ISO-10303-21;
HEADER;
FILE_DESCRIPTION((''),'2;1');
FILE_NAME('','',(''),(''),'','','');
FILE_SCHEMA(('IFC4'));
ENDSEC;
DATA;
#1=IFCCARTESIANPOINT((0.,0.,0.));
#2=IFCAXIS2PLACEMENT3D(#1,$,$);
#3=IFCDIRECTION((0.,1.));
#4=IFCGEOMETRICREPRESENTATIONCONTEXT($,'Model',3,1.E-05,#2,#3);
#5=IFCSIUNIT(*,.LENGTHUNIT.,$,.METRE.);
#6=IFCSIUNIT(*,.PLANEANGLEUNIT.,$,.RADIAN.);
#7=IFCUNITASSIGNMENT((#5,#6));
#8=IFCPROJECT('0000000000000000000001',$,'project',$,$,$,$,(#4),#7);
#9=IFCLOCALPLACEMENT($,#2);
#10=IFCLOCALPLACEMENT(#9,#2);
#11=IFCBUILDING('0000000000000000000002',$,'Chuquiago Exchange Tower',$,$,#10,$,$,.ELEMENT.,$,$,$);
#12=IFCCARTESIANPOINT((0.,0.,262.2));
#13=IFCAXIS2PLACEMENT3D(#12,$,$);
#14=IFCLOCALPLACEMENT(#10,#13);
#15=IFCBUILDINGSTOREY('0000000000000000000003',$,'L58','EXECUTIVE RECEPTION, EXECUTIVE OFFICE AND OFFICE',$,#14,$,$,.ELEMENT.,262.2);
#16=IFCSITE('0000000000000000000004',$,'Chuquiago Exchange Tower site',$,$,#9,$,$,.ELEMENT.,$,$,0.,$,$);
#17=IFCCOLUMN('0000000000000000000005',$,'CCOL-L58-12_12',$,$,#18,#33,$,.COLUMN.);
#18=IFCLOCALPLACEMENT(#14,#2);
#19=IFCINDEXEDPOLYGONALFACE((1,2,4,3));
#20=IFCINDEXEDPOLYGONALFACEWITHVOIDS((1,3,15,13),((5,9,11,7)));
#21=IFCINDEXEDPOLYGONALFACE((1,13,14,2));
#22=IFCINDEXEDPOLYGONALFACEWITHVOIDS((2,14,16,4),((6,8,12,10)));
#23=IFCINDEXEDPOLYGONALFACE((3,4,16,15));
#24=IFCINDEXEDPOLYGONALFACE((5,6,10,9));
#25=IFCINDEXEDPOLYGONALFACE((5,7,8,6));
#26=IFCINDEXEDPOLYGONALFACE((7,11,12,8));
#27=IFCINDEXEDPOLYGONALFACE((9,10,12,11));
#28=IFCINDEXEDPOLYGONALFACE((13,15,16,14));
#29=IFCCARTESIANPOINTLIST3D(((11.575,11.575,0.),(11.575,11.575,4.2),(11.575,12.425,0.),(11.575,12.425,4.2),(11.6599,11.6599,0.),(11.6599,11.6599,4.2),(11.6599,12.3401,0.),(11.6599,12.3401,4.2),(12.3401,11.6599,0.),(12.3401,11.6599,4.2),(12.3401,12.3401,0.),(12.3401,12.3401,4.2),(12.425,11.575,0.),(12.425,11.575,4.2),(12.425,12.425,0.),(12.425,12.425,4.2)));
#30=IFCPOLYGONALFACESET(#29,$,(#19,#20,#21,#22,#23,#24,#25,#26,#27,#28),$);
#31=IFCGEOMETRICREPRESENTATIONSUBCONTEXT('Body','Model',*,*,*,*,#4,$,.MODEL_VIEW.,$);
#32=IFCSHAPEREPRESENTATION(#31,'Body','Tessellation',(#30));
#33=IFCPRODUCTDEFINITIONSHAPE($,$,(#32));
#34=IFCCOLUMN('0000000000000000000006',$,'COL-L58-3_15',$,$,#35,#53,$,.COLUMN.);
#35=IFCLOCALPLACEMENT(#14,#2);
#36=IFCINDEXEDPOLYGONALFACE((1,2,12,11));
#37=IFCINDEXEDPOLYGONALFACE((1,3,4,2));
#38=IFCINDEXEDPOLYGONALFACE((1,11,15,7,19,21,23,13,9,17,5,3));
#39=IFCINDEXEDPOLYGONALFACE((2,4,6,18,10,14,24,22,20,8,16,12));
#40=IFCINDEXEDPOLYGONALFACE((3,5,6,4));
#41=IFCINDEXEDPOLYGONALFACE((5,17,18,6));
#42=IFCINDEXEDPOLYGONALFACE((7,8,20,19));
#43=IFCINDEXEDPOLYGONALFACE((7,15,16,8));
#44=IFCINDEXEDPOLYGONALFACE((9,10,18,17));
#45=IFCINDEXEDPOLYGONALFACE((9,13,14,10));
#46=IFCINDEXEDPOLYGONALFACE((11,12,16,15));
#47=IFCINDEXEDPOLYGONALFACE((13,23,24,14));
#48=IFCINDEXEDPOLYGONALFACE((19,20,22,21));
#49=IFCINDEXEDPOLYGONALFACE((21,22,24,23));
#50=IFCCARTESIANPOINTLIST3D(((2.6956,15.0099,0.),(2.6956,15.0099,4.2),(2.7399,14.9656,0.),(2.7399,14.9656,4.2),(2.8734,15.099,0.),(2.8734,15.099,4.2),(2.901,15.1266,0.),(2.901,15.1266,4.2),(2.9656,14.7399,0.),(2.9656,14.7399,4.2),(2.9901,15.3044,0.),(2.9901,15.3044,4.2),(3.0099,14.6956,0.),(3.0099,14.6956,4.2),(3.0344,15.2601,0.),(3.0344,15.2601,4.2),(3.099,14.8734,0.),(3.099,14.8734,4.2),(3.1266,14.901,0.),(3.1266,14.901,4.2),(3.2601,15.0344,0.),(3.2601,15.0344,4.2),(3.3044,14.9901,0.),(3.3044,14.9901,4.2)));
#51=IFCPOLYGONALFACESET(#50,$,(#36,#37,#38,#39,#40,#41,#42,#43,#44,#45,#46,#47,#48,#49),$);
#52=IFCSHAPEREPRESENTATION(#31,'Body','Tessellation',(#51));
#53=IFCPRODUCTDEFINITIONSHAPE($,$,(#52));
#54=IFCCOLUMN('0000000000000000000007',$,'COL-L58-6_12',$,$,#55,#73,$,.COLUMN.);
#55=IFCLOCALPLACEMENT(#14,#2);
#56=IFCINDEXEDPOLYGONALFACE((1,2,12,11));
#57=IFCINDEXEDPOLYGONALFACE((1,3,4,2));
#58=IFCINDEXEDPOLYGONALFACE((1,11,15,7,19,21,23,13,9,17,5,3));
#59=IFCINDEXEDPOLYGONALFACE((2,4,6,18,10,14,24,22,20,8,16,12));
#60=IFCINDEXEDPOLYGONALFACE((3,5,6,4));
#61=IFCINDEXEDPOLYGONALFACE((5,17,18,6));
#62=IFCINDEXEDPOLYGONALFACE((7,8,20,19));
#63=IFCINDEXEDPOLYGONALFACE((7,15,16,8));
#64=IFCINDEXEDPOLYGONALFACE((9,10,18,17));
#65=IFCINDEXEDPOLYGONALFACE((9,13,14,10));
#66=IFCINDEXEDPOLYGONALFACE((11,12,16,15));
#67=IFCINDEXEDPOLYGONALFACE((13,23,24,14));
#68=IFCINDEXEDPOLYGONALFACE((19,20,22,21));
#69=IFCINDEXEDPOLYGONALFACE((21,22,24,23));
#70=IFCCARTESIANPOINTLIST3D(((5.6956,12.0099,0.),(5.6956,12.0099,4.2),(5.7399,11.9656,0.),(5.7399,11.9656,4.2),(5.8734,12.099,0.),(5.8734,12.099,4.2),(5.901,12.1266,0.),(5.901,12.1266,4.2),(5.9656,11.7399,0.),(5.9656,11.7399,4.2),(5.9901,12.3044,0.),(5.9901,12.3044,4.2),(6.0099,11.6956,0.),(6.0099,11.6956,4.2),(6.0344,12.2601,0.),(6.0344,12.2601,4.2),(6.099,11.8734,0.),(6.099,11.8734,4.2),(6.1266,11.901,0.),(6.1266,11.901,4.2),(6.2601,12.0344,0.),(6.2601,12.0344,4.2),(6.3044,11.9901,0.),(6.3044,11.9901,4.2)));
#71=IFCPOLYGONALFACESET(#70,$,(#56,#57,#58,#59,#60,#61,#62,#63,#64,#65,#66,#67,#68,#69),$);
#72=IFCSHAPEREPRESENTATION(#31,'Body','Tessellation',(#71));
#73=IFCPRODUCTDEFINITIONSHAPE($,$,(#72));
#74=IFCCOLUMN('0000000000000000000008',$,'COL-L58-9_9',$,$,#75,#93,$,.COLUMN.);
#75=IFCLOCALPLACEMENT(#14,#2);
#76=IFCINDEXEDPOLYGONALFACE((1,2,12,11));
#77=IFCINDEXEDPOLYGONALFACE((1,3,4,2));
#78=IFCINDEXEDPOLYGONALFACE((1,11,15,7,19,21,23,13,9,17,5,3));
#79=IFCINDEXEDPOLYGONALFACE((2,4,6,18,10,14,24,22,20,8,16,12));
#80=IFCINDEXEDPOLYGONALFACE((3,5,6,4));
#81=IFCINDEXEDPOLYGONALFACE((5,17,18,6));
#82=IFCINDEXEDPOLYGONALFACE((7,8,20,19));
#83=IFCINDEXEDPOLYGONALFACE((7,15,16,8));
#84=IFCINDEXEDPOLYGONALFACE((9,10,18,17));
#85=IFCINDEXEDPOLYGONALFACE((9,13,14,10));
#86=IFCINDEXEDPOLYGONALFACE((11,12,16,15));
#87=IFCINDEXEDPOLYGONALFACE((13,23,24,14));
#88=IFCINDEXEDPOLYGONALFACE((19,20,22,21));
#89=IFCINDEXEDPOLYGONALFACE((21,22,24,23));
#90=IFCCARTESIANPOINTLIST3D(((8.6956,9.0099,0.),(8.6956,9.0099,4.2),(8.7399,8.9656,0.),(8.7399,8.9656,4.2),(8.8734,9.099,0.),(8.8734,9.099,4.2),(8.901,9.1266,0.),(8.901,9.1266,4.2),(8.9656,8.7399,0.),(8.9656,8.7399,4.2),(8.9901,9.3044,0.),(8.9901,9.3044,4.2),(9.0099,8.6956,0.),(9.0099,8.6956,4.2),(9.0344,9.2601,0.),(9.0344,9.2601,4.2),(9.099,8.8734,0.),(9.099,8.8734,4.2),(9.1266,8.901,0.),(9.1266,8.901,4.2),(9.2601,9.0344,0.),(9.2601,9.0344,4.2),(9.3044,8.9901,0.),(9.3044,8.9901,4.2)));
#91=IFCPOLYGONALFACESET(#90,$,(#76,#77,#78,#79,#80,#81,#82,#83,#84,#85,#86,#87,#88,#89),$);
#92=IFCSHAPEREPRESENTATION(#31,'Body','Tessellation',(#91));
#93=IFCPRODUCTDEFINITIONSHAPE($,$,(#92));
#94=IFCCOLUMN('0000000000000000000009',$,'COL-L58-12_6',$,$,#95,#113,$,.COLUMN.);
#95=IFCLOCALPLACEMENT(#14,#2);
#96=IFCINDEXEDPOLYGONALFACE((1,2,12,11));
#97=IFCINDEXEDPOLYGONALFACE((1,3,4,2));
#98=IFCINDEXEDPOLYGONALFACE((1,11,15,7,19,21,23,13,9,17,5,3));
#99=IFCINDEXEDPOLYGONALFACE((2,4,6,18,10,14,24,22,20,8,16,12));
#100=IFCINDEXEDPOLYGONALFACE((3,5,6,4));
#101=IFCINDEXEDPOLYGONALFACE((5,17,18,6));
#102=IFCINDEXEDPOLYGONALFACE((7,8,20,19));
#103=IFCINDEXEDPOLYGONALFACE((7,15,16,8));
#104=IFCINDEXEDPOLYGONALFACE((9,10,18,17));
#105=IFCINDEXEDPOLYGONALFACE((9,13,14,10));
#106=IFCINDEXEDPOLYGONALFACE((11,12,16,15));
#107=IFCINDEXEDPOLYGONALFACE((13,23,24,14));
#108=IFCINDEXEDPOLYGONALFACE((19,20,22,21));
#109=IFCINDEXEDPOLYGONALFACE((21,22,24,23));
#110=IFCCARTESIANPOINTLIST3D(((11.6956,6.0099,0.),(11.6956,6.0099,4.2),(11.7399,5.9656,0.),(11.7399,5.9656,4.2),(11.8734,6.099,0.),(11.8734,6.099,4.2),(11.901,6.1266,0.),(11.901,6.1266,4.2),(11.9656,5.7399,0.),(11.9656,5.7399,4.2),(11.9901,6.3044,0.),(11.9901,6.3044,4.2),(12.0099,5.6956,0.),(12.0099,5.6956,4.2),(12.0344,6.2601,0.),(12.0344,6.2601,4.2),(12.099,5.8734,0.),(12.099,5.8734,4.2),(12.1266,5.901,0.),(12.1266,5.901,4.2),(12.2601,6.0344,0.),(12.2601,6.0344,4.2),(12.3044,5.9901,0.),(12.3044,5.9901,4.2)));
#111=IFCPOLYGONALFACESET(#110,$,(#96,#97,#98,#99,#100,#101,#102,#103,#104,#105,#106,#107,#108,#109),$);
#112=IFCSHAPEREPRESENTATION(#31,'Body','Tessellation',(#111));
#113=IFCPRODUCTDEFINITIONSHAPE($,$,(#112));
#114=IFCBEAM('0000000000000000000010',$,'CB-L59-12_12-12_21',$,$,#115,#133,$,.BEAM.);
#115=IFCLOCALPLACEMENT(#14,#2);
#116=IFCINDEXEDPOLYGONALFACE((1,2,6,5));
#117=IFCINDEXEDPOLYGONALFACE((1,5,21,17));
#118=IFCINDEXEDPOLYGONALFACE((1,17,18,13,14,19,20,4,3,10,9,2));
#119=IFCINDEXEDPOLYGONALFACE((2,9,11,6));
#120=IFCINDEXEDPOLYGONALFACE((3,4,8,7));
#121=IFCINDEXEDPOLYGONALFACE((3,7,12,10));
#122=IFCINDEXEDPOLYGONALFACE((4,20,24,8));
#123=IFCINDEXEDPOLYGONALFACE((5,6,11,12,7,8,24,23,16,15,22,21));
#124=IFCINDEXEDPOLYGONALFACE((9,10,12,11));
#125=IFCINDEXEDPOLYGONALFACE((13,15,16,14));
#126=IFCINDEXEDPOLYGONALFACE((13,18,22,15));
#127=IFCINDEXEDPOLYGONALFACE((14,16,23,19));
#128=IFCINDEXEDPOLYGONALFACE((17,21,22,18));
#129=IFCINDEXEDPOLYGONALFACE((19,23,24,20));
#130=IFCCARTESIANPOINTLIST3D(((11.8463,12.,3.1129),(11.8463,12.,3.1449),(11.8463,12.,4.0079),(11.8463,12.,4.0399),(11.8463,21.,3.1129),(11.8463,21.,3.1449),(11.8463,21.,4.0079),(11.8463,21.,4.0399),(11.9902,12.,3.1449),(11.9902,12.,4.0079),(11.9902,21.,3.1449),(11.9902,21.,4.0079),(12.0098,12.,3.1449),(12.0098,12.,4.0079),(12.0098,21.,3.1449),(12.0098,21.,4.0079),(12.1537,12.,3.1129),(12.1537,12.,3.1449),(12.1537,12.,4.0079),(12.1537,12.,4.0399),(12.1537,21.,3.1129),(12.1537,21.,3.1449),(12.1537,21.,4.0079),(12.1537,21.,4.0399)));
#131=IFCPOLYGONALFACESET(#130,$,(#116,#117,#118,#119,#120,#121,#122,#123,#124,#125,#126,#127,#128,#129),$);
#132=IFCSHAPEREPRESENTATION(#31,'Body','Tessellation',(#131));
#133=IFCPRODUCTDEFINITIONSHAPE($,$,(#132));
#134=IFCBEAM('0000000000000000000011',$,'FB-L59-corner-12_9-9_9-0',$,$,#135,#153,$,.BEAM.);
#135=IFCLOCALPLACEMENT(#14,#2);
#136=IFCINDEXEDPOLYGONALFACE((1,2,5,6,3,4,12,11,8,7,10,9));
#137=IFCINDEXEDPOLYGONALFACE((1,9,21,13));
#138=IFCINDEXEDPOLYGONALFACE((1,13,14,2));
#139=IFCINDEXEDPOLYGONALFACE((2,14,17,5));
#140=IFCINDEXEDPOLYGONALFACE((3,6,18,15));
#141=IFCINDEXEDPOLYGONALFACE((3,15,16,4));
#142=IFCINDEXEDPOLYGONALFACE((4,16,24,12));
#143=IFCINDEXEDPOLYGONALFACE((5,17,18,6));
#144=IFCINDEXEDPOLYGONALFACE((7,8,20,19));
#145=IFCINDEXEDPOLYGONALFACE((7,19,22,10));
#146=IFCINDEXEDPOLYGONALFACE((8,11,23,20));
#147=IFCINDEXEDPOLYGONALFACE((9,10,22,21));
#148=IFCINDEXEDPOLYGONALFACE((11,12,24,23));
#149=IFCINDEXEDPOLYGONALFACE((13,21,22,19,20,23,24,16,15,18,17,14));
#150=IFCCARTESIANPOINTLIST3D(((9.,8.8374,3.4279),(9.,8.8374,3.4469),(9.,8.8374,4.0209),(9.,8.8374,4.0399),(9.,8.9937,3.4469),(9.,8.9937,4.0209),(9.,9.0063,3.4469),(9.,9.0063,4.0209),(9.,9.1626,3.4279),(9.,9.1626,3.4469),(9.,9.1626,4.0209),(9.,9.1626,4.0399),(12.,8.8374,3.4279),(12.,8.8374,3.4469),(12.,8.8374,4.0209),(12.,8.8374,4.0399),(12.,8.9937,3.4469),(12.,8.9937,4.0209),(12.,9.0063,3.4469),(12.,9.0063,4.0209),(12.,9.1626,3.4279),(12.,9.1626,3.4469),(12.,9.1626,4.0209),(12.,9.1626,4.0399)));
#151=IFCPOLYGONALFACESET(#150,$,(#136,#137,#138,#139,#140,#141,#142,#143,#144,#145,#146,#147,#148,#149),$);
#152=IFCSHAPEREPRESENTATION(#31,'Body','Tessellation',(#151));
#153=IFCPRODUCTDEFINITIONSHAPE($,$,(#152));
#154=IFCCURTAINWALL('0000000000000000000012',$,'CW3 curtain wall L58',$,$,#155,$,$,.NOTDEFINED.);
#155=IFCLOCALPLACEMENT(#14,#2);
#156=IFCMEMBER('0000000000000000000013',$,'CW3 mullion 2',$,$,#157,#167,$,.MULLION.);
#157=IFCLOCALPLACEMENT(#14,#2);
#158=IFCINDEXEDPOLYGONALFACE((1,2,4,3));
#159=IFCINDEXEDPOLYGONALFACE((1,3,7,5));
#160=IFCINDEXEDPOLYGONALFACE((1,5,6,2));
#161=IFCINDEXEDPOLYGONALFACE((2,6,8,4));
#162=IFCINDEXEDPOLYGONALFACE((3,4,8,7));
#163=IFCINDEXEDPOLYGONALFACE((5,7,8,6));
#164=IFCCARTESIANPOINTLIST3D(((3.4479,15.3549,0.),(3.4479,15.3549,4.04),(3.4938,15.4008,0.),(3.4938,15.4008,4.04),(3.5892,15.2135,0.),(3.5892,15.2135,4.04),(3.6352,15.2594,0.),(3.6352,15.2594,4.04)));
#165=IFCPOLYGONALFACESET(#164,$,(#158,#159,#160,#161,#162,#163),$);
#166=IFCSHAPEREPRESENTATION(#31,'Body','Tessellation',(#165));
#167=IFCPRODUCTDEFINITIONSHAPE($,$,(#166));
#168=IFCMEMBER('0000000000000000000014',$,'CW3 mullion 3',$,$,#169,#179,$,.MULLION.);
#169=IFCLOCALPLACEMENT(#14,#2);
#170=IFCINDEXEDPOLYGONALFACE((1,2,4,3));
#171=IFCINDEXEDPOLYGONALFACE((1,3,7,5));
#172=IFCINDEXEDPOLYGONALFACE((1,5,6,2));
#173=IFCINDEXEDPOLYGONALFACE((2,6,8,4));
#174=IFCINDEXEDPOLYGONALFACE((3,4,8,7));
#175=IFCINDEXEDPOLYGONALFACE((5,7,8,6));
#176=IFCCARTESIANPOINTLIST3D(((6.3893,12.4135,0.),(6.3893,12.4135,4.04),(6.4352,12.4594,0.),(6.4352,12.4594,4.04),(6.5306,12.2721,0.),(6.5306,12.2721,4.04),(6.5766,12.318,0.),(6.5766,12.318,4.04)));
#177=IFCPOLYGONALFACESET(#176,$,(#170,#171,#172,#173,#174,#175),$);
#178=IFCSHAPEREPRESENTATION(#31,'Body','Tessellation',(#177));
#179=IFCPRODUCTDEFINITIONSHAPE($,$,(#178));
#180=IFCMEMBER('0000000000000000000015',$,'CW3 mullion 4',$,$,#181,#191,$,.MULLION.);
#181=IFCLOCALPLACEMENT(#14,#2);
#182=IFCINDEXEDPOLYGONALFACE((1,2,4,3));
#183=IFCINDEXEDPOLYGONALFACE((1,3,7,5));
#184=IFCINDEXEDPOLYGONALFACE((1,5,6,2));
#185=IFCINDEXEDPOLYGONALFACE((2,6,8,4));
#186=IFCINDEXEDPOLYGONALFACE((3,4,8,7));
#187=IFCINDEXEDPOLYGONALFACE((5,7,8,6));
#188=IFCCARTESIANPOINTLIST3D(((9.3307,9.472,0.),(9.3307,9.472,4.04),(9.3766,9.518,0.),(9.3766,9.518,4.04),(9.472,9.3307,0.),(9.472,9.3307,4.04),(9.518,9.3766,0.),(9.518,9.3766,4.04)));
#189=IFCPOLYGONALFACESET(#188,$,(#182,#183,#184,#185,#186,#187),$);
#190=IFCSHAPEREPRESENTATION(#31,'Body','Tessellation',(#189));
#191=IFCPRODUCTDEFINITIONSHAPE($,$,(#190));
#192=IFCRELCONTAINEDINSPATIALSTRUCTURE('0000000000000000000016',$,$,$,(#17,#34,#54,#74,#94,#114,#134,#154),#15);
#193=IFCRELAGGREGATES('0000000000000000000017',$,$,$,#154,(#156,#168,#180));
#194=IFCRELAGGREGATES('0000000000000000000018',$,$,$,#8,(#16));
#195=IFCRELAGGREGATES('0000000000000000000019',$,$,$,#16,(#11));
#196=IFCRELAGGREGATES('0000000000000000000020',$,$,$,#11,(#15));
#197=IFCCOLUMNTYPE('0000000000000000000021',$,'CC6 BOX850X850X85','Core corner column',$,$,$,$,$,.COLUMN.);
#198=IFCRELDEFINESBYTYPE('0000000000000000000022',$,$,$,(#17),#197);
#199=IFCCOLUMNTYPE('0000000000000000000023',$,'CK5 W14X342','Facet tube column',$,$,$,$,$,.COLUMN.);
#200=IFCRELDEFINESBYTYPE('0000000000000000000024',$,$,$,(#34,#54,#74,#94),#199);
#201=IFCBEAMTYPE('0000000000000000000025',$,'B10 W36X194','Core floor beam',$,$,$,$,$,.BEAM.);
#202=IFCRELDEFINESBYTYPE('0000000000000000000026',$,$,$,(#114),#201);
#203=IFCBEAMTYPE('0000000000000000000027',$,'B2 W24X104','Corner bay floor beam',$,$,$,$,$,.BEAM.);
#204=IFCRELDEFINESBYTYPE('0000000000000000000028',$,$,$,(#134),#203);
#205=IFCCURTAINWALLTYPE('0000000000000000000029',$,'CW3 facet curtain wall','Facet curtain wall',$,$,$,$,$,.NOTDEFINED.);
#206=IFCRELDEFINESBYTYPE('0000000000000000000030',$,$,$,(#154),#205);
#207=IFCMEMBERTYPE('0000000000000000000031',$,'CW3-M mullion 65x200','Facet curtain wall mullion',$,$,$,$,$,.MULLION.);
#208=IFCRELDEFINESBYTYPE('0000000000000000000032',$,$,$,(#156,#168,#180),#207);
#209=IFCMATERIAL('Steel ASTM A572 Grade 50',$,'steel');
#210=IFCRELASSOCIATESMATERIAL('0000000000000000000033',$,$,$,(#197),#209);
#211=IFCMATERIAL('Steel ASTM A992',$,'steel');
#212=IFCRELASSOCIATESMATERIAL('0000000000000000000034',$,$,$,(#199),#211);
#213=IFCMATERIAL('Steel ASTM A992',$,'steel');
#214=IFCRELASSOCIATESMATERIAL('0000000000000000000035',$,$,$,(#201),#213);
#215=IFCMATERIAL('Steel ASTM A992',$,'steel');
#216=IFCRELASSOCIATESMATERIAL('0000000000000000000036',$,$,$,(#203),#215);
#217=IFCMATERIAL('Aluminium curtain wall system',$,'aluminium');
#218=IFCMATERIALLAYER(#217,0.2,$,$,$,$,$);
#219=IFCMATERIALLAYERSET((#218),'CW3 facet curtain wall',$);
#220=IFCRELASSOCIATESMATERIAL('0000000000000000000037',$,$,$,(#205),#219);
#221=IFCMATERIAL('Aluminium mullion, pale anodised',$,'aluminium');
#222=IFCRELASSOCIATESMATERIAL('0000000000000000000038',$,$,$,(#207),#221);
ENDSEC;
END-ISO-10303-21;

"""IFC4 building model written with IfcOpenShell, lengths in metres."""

from ifc_helpers import new_model, si_unit, direction, frame, origin, origin_2d, place, context, subcontext, project, spatial, rectangle, hollow_rectangle, i_section, extrude, material, layer, layer_set, material_profile, profile_set, type_object, element, aggregate, save


model = new_model("IFC4")

# Units and contexts
model_context = context("Model", 3, precision=1e-05, world=origin(), true_north=direction((0.0, 1.0)))
body_context = subcontext(model_context, "Body", "Model", "MODEL_VIEW")
ifc_project = project(units=[si_unit("LENGTHUNIT", "METRE"), si_unit("PLANEANGLEUNIT", "RADIAN")], contexts=[model_context])

# Site, building, storey
site_placement = place(None, origin())
site = spatial("IfcSite", under=ifc_project, at=site_placement, Name="Chuquiago Exchange Tower site", CompositionType="ELEMENT", RefElevation=0.0)
building_placement = place(site_placement, origin())
building = spatial("IfcBuilding", under=site, at=building_placement, Name="Chuquiago Exchange Tower", CompositionType="ELEMENT")
storey_placement = place(building_placement, frame((0.0, 0.0, 262.2)))
storey = spatial("IfcBuildingStorey", under=building, at=storey_placement, Name="L58", Description="EXECUTIVE RECEPTION, EXECUTIVE OFFICE AND OFFICE", CompositionType="ELEMENT", Elevation=262.2)

# Columns
ifc_material_1 = material(Name="Steel ASTM A572 Grade 50", Category="steel")
ifc_material_profile_1 = material_profile(ifc_material_1, hollow_rectangle(XDim=0.8501, YDim=0.8501, WallThickness=0.085, at=origin_2d()), Name="BOX850X850X85")
ifc_profile_set_1 = profile_set([ifc_material_profile_1], Name="Steel ASTM A572 Grade 50")
column_type_1 = type_object("IfcColumnType", Name="CC6 BOX850X850X85", Description="Core corner column", PredefinedType="COLUMN", material=ifc_profile_set_1)
column_placement = place(storey_placement, frame((12.0, 12.0, 0.0), z_axis=(0.0, 0.0, 1.0), x_axis=(1.0, 0.0, 0.0)))
element("IfcColumn", 1, at=column_placement, inside=storey, type_object=column_type_1, Name="CCOL-L58-12_12", PredefinedType="COLUMN", context=body_context, shape_type="SweptSolid", body=[
    extrude(hollow_rectangle(XDim=0.8501, YDim=0.8501, WallThickness=0.085, at=origin_2d()), origin(), (0.0, 0.0, 1.0), 4.2),
])
ifc_material_2 = material(Name="Steel ASTM A992", Category="steel")
ifc_material_profile_2 = material_profile(ifc_material_2, i_section(OverallWidth=0.4165, OverallDepth=0.4446, WebThickness=0.0391, FlangeThickness=0.0627, at=origin_2d()), Name="W14X342")
ifc_profile_set_2 = profile_set([ifc_material_profile_2], Name="Steel ASTM A992")
column_type_2 = type_object("IfcColumnType", Name="CK5 W14X342", Description="Facet tube column", PredefinedType="COLUMN", material=ifc_profile_set_2)
for number, where, z_axis, x_axis, name in (
    (2, (3.0, 15.0, 0.0), (0.0, 0.0, 1.0), (-0.707107, -0.707107, 0.0), "COL-L58-3_15"),
    (3, (6.0, 12.0, 0.0), (0.0, 0.0, 1.0), (-0.707107, -0.707107, 0.0), "COL-L58-6_12"),
    (4, (9.0, 9.0, 0.0), (0.0, 0.0, 1.0), (-0.707107, -0.707107, 0.0), "COL-L58-9_9"),
    (5, (12.0, 6.0, 0.0), (0.0, 0.0, 1.0), (-0.707107, -0.707107, 0.0), "COL-L58-12_6"),
):
    element("IfcColumn", number, at=place(storey_placement, frame(where, z_axis=z_axis, x_axis=x_axis)), inside=storey, type_object=column_type_2, Name=name, PredefinedType="COLUMN", context=body_context, shape_type="SweptSolid", body=[
        extrude(i_section(OverallWidth=0.4165, OverallDepth=0.4446, WebThickness=0.0391, FlangeThickness=0.0627, at=origin_2d()), origin(), (0.0, 0.0, 1.0), 4.2),
    ])

# Beams
ifc_material_3 = material(Name="Steel ASTM A992", Category="steel")
ifc_material_profile_3 = material_profile(ifc_material_3, i_section(OverallWidth=0.3074, OverallDepth=0.927, WebThickness=0.0195, FlangeThickness=0.032, at=origin_2d()), Name="W36X194")
ifc_profile_set_3 = profile_set([ifc_material_profile_3], Name="Steel ASTM A992")
beam_type_1 = type_object("IfcBeamType", Name="B10 W36X194", Description="Core floor beam", PredefinedType="BEAM", material=ifc_profile_set_3)
beam_1_placement = place(storey_placement, frame((12.0, 12.0, 3.5764), z_axis=(0.0, 1.0, 0.0), x_axis=(-1.0, 0.0, 0.0)))
element("IfcBeam", 6, at=beam_1_placement, inside=storey, type_object=beam_type_1, Name="CB-L59-12_12-12_21", PredefinedType="BEAM", context=body_context, shape_type="SweptSolid", body=[
    extrude(i_section(OverallWidth=0.3074, OverallDepth=0.927, WebThickness=0.0195, FlangeThickness=0.032, at=origin_2d()), origin(), (0.0, 0.0, 1.0), 9.0),
])
ifc_material_4 = material(Name="Steel ASTM A992", Category="steel")
ifc_material_profile_4 = material_profile(ifc_material_4, i_section(OverallWidth=0.3252, OverallDepth=0.6121, WebThickness=0.0127, FlangeThickness=0.019, at=origin_2d()), Name="W24X104")
ifc_profile_set_4 = profile_set([ifc_material_profile_4], Name="Steel ASTM A992")
beam_type_2 = type_object("IfcBeamType", Name="B2 W24X104", Description="Corner bay floor beam", PredefinedType="BEAM", material=ifc_profile_set_4)
beam_2_placement = place(storey_placement, frame((12.0, 9.0, 3.7339), z_axis=(-1.0, 0.0, 0.0), x_axis=(0.0, -1.0, 0.0)))
element("IfcBeam", 7, at=beam_2_placement, inside=storey, type_object=beam_type_2, Name="FB-L59-corner-12_9-9_9-0", PredefinedType="BEAM", context=body_context, shape_type="SweptSolid", body=[
    extrude(i_section(OverallWidth=0.3252, OverallDepth=0.6121, WebThickness=0.0127, FlangeThickness=0.019, at=origin_2d()), origin(), (0.0, 0.0, 1.0), 3.0),
])

# Curtain wall, members
ifc_material_5 = material(Name="Aluminium curtain wall system", Category="aluminium")
ifc_layer_1 = layer(ifc_material_5, 0.2)
ifc_layer_set_1 = layer_set([ifc_layer_1], Name="CW3 facet curtain wall")
curtain_wall_type = type_object("IfcCurtainWallType", Name="CW3 facet curtain wall", Description="Facet curtain wall", PredefinedType="NOTDEFINED", material=ifc_layer_set_1)
curtain_wall_placement = place(storey_placement, origin())
curtain_wall = element("IfcCurtainWall", 8, at=curtain_wall_placement, inside=storey, type_object=curtain_wall_type, Name="CW3 curtain wall L58", PredefinedType="NOTDEFINED")
ifc_material_6 = material(Name="Aluminium mullion, pale anodised", Category="aluminium")
ifc_material_profile_5 = material_profile(ifc_material_6, rectangle(XDim=0.0649, YDim=0.2, at=origin_2d()), Name="AL 65x200")
ifc_profile_set_5 = profile_set([ifc_material_profile_5], Name="Aluminium mullion, pale anodised")
member_type_1 = type_object("IfcMemberType", Name="CW3-M mullion 65x200", Description="Facet curtain wall mullion", PredefinedType="MULLION", material=ifc_profile_set_5)
member_1_placement = place(storey_placement, frame((3.5415, 15.3071, 0.0), z_axis=(0.0, 0.0, 1.0), x_axis=(0.707107, 0.707107, 0.0)))
member_1 = element("IfcMember", 9, at=member_1_placement, type_object=member_type_1, Name="CW3 mullion 2", PredefinedType="MULLION", context=body_context, shape_type="SweptSolid", body=[
    extrude(rectangle(XDim=0.0649, YDim=0.2, at=origin_2d()), origin(), (0.0, 0.0, 1.0), 4.04),
])
member_2_placement = place(storey_placement, frame((6.4829, 12.3657, 0.0), z_axis=(0.0, 0.0, 1.0), x_axis=(0.707107, 0.707107, 0.0)))
member_2 = element("IfcMember", 10, at=member_2_placement, type_object=member_type_1, Name="CW3 mullion 3", PredefinedType="MULLION", context=body_context, shape_type="SweptSolid", body=[
    extrude(rectangle(XDim=0.0649, YDim=0.2, at=origin_2d()), origin(), (0.0, 0.0, 1.0), 4.04),
])
member_3_placement = place(storey_placement, frame((9.4243, 9.4243, 0.0), z_axis=(0.0, 0.0, 1.0), x_axis=(0.707107, 0.707107, 0.0)))
member_3 = element("IfcMember", 11, at=member_3_placement, type_object=member_type_1, Name="CW3 mullion 4", PredefinedType="MULLION", context=body_context, shape_type="SweptSolid", body=[
    extrude(rectangle(XDim=0.0649, YDim=0.2, at=origin_2d()), origin(), (0.0, 0.0, 1.0), 4.04),
])

aggregate(curtain_wall, [member_1, member_2, member_3])

save(model, "model.ifc")
